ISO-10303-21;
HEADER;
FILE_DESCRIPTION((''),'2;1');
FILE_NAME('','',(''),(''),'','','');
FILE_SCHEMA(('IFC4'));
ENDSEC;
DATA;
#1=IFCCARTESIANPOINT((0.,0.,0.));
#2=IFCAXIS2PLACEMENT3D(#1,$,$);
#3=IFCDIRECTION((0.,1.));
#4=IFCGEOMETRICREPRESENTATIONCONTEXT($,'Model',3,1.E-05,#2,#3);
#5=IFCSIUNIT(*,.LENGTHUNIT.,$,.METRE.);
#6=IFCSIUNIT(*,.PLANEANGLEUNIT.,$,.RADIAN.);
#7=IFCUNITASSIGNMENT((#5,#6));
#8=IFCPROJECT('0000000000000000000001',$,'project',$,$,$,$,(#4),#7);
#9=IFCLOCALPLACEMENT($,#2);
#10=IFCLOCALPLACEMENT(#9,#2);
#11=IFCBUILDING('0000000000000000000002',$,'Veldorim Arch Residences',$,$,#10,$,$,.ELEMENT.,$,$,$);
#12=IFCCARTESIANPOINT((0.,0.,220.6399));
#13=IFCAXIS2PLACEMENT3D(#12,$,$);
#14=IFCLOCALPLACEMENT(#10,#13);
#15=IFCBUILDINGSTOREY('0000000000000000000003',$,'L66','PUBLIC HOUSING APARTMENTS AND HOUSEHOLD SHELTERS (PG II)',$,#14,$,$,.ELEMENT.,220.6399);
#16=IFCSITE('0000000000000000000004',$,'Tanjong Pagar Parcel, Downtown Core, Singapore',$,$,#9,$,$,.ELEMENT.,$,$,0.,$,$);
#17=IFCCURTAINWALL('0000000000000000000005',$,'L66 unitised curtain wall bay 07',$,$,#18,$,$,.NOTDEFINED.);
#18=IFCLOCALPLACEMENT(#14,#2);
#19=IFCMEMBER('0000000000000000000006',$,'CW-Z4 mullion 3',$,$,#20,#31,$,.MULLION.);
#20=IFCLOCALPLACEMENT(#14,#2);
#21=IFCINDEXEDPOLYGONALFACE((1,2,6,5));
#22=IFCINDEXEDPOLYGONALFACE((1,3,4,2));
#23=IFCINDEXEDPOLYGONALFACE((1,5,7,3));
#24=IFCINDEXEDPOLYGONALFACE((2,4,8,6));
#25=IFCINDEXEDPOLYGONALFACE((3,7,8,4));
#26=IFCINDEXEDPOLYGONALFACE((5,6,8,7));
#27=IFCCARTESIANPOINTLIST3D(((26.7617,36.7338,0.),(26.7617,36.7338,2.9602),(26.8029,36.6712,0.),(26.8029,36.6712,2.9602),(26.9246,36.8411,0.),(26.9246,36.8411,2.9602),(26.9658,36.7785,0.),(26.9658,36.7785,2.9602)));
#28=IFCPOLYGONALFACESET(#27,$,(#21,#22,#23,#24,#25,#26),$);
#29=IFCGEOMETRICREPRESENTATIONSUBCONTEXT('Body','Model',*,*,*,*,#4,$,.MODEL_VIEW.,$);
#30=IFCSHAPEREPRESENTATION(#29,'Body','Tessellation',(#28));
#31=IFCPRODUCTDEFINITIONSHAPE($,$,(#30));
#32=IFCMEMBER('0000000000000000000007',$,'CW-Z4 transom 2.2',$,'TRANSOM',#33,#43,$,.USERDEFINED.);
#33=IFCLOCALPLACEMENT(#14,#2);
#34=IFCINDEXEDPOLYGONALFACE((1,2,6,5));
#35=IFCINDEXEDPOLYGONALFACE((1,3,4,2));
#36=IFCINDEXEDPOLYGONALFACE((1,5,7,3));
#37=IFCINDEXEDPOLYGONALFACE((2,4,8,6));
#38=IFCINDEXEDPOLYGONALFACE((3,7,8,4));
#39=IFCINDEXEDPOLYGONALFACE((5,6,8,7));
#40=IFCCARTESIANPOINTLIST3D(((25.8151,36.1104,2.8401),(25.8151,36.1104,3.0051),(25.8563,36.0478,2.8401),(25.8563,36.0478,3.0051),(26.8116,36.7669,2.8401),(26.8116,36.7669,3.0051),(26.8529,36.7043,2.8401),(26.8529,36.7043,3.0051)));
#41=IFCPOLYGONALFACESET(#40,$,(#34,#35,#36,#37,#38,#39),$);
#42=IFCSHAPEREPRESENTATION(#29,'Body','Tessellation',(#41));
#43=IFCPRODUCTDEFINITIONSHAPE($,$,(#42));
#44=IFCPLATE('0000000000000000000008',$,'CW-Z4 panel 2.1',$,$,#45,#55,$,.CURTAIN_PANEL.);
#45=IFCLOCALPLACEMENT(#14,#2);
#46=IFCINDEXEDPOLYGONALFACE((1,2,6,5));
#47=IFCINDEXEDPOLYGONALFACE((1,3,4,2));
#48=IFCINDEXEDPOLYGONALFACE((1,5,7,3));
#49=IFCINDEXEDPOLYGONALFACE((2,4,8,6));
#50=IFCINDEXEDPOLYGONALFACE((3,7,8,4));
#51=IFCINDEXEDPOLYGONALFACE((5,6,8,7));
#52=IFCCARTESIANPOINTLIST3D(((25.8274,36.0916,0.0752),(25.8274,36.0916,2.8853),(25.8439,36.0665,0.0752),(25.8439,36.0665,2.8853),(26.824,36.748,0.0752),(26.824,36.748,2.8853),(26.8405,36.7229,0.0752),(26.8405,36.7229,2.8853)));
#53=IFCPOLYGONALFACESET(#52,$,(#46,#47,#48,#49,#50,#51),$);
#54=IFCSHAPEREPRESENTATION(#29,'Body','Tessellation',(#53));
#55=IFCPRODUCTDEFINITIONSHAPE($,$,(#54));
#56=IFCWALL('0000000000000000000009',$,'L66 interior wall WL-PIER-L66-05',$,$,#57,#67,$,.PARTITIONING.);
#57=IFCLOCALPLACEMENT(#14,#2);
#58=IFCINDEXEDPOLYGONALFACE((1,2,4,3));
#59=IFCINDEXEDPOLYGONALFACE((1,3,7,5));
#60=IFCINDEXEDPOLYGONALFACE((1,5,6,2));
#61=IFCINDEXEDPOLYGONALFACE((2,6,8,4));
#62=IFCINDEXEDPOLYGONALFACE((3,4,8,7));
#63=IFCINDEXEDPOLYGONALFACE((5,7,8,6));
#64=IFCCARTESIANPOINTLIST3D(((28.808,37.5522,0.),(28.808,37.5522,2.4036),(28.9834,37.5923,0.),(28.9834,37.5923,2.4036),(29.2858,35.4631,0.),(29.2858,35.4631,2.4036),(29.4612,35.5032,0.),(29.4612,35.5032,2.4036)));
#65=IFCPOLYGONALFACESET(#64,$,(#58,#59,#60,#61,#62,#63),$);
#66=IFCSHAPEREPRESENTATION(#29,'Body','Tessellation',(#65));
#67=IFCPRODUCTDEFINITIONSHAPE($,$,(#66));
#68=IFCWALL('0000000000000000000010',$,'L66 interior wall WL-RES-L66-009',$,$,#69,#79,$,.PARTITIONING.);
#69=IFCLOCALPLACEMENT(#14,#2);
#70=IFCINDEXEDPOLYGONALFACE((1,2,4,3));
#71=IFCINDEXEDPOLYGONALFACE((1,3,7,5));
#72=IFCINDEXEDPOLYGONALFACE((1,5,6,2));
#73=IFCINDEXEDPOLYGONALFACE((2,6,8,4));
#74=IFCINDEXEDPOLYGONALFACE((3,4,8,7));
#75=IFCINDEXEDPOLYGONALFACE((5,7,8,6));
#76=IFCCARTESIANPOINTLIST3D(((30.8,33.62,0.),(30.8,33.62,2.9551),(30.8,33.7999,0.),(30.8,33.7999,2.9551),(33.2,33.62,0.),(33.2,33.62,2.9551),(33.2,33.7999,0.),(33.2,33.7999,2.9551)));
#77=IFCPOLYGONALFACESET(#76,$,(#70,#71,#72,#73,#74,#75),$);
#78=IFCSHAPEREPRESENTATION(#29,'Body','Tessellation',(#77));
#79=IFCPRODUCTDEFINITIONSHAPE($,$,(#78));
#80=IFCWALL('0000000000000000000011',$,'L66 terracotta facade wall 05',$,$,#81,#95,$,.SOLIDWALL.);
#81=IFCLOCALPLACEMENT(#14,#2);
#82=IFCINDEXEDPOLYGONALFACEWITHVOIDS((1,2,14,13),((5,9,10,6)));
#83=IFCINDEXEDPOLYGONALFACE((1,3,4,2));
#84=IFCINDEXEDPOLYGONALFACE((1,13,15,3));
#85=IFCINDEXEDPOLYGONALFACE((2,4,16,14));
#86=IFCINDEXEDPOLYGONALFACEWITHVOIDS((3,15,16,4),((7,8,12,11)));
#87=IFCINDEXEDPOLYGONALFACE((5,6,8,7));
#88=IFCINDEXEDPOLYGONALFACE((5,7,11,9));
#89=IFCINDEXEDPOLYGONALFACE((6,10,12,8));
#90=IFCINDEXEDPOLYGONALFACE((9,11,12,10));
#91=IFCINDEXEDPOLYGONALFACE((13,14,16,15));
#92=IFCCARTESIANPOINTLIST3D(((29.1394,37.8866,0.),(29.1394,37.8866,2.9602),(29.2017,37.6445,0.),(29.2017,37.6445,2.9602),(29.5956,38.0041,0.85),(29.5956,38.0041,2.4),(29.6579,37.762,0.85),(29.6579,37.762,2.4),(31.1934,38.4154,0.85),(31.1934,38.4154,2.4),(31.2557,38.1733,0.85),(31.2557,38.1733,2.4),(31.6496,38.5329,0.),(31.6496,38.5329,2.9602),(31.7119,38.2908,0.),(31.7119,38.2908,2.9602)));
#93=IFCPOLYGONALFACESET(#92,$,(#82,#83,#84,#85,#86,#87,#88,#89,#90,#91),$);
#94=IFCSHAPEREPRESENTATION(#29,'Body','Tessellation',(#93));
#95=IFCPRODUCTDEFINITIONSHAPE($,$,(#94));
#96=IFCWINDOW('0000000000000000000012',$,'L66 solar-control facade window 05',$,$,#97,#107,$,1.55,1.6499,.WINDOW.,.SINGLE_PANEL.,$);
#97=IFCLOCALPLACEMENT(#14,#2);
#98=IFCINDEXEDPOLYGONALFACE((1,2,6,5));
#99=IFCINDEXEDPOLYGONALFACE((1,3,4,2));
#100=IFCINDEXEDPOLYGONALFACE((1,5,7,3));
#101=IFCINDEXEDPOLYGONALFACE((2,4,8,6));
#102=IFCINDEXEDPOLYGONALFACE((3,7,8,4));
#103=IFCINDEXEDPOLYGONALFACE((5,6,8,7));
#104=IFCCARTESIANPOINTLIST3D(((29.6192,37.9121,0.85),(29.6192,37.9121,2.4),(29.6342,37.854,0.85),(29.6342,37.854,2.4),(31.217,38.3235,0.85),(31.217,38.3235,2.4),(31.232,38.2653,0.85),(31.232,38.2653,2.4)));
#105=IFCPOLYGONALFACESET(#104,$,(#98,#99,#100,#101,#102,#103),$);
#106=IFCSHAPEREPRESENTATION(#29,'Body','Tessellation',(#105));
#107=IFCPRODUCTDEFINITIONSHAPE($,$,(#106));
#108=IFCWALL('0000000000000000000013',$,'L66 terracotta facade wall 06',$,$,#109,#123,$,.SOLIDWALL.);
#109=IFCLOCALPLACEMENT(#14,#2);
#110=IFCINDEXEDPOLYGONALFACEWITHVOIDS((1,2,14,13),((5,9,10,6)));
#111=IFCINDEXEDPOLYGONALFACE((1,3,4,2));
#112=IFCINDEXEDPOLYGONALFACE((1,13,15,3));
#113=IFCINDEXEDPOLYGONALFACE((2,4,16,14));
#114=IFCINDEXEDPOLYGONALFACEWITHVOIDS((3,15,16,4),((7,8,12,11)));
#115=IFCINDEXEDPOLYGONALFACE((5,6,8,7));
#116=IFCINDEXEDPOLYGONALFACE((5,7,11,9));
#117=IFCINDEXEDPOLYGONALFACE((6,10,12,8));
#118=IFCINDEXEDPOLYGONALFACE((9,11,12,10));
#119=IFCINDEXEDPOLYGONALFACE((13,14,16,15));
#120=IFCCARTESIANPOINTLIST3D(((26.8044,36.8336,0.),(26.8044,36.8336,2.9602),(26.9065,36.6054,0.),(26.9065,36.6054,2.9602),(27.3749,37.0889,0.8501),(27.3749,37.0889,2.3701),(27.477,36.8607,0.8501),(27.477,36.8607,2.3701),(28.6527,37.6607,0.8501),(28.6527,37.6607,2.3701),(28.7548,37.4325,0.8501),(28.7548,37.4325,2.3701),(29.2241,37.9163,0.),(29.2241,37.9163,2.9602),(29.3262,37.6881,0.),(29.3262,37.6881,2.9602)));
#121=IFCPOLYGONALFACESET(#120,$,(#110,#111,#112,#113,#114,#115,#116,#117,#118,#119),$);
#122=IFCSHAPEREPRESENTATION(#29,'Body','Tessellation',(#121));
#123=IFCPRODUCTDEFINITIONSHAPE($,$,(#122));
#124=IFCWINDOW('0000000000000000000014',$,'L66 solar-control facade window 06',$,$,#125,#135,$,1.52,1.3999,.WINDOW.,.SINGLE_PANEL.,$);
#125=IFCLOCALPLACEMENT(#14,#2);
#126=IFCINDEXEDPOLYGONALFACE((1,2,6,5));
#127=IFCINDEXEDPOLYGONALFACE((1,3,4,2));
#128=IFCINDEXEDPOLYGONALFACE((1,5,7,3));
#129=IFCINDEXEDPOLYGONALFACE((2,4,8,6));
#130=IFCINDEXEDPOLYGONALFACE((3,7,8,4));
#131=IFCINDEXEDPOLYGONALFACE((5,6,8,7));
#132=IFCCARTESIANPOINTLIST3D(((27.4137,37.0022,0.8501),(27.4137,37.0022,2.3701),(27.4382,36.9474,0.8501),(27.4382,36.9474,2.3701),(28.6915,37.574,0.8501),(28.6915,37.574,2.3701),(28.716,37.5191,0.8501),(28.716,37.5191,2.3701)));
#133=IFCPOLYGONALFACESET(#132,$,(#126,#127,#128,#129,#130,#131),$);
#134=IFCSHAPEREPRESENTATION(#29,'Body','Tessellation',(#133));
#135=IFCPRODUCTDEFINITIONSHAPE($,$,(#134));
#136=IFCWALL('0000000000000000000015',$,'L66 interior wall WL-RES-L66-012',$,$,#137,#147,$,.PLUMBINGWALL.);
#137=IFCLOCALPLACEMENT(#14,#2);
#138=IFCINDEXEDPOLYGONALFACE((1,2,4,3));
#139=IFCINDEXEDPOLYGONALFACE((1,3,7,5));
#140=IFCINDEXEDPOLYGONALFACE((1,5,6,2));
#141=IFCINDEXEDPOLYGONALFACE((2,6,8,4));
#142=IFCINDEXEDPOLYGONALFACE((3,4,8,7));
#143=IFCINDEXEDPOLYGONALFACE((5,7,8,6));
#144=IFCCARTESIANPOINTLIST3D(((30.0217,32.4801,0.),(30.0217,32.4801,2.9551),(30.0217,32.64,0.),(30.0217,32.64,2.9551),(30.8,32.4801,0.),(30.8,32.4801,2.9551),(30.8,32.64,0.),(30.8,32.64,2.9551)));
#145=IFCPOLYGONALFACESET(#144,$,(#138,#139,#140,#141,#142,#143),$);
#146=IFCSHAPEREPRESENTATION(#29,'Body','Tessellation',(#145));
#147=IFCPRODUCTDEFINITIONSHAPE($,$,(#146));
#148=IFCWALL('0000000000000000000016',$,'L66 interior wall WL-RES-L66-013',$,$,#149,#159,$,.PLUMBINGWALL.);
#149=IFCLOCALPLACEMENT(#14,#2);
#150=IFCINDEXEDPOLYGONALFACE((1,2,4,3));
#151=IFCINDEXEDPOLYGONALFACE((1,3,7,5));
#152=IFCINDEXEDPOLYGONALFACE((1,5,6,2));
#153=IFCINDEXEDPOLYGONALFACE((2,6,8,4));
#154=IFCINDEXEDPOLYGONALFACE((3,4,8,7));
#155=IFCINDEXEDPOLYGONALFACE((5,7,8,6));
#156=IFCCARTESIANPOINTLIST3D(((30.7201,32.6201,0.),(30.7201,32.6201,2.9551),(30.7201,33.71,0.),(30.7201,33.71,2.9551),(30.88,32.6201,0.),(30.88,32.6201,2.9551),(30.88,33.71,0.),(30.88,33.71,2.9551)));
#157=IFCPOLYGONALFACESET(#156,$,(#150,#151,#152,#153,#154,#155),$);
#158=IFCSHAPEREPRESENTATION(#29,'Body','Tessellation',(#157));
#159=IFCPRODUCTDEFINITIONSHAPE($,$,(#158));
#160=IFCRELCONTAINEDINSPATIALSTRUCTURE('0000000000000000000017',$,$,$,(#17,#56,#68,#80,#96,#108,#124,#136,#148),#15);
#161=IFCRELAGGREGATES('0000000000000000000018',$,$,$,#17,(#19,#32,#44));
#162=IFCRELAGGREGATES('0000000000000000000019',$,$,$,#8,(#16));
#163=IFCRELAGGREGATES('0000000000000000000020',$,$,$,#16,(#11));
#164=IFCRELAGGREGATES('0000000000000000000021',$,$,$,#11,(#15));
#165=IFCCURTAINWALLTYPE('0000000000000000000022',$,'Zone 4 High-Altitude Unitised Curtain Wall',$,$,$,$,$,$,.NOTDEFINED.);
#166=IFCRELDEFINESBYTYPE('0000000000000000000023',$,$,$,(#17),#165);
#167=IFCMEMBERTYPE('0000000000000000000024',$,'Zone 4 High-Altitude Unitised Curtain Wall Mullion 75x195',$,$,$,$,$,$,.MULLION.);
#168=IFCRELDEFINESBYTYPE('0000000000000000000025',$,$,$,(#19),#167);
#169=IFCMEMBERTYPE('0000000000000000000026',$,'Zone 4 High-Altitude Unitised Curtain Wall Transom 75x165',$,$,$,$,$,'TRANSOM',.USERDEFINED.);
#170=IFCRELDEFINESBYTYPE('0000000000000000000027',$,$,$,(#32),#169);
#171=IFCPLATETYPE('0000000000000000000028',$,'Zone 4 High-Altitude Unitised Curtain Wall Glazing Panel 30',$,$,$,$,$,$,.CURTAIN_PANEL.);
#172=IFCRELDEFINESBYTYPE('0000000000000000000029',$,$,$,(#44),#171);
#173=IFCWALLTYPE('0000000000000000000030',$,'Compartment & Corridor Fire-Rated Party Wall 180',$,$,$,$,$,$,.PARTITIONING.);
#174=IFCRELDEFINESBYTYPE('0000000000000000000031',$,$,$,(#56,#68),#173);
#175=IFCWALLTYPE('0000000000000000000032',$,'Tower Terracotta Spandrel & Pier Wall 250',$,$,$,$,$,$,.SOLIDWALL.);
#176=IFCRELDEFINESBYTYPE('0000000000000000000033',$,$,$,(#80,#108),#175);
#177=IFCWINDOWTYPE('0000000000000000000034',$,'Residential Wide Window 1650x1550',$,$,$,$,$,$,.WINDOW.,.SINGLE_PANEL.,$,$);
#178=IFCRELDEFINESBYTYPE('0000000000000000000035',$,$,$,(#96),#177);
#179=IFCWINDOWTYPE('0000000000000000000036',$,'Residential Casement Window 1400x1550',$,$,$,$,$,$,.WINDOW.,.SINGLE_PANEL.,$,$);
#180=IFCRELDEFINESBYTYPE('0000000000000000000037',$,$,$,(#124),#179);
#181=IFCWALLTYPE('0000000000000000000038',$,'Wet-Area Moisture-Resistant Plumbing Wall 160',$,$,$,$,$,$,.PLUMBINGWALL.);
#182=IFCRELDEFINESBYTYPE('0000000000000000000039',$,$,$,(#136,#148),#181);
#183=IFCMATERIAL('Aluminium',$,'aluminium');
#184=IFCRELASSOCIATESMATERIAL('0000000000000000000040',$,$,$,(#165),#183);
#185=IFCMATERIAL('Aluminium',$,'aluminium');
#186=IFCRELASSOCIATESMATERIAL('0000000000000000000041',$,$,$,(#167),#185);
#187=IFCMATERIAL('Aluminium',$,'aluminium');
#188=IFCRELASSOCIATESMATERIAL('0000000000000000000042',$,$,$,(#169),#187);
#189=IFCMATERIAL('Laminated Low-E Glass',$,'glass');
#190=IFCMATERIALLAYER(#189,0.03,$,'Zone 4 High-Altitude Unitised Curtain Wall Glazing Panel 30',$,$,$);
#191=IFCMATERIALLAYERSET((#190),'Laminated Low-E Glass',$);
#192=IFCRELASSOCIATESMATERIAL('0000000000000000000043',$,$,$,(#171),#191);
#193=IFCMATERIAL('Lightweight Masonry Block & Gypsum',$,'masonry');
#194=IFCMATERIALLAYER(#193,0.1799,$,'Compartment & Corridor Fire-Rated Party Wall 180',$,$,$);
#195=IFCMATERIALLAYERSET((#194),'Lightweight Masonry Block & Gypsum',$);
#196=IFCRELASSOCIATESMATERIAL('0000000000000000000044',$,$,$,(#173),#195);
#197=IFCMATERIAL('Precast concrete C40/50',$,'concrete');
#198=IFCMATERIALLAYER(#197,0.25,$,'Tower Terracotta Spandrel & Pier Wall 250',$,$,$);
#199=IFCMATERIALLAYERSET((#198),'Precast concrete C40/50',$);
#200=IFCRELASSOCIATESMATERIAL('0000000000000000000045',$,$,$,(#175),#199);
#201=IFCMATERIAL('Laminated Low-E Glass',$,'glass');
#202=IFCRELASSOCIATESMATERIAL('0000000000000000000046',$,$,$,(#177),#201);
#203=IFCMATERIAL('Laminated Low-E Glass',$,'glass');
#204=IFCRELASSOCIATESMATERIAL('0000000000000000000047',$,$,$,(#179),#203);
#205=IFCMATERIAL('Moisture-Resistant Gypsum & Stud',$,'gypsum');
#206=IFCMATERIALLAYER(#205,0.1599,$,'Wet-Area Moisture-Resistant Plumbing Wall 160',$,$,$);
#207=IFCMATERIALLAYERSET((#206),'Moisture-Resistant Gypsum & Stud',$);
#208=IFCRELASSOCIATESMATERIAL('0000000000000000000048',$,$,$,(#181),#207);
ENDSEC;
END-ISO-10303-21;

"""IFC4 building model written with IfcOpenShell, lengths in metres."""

from ifc_helpers import new_model, si_unit, direction, frame, frame_2d, origin, origin_2d, place, context, subcontext, project, spatial, rectangle, extrude, material, layer, layer_set, material_profile, profile_set, type_object, element, fill, aggregate, save


model = new_model("IFC4")

# Units and contexts
model_context = context("Model", 3, precision=1e-05, world=origin(), true_north=direction((0.0, 1.0)))
body_context = subcontext(model_context, "Body", "Model", "MODEL_VIEW")
ifc_project = project(units=[si_unit("LENGTHUNIT", "METRE"), si_unit("PLANEANGLEUNIT", "RADIAN")], contexts=[model_context])

# Site, building, storey
site_placement = place(None, origin())
site = spatial("IfcSite", under=ifc_project, at=site_placement, Name="Tanjong Pagar Parcel, Downtown Core, Singapore", CompositionType="ELEMENT", RefElevation=0.0)
building_placement = place(site_placement, origin())
building = spatial("IfcBuilding", under=site, at=building_placement, Name="Veldorim Arch Residences", CompositionType="ELEMENT")
storey_placement = place(building_placement, frame((0.0, 0.0, 220.6399)))
storey = spatial("IfcBuildingStorey", under=building, at=storey_placement, Name="L66", Description="PUBLIC HOUSING APARTMENTS AND HOUSEHOLD SHELTERS (PG II)", CompositionType="ELEMENT", Elevation=220.6399)

# Curtain wall, members, plate
ifc_material_1 = material(Name="Aluminium", Category="aluminium")
curtain_wall_type = type_object("IfcCurtainWallType", Name="Zone 4 High-Altitude Unitised Curtain Wall", PredefinedType="NOTDEFINED", material=ifc_material_1)
curtain_wall_placement = place(storey_placement, origin())
curtain_wall = element("IfcCurtainWall", 1, at=curtain_wall_placement, inside=storey, type_object=curtain_wall_type, Name="L66 unitised curtain wall bay 07", PredefinedType="NOTDEFINED")
ifc_material_2 = material(Name="Aluminium", Category="aluminium")
ifc_material_profile_1 = material_profile(ifc_material_2, rectangle(XDim=0.075, YDim=0.1951, at=origin_2d()), Name="ALU_MUL_75x195")
ifc_profile_set_1 = profile_set([ifc_material_profile_1], Name="Aluminium")
member_type_1 = type_object("IfcMemberType", Name="Zone 4 High-Altitude Unitised Curtain Wall Mullion 75x195", PredefinedType="MULLION", material=ifc_profile_set_1)
member_1_placement = place(storey_placement, frame((26.8638, 36.7561, 0.0), z_axis=(0.0, 0.0, 1.0), x_axis=(-0.550062, 0.835124, 0.0)))
member_1 = element("IfcMember", 2, at=member_1_placement, type_object=member_type_1, Name="CW-Z4 mullion 3", PredefinedType="MULLION", context=body_context, shape_type="SweptSolid", body=[
    extrude(rectangle(XDim=0.075, YDim=0.1951, at=origin_2d()), origin(), (0.0, 0.0, 1.0), 2.9602),
])
ifc_material_3 = material(Name="Aluminium", Category="aluminium")
ifc_material_profile_2 = material_profile(ifc_material_3, rectangle(XDim=0.075, YDim=0.165, at=origin_2d()), Name="ALU_TRN_75x165")
ifc_profile_set_2 = profile_set([ifc_material_profile_2], Name="Aluminium")
member_type_2 = type_object("IfcMemberType", Name="Zone 4 High-Altitude Unitised Curtain Wall Transom 75x165", ElementType="TRANSOM", PredefinedType="USERDEFINED", material=ifc_profile_set_2)
member_2_placement = place(storey_placement, frame((25.8357, 36.0791, 2.9226), z_axis=(0.835091, 0.550112, 0.0), x_axis=(-0.550112, 0.835091, 0.0)))
member_2 = element("IfcMember", 3, at=member_2_placement, type_object=member_type_2, Name="CW-Z4 transom 2.2", ObjectType="TRANSOM", PredefinedType="USERDEFINED", context=body_context, shape_type="SweptSolid", body=[
    extrude(rectangle(XDim=0.075, YDim=0.165, at=origin_2d()), origin(), (0.0, 0.0, 1.0), 1.1934),
])
ifc_material_4 = material(Name="Laminated Low-E Glass", Category="glass")
ifc_layer_1 = layer(ifc_material_4, 0.03, Name="Zone 4 High-Altitude Unitised Curtain Wall Glazing Panel 30")
ifc_layer_set_1 = layer_set([ifc_layer_1], Name="Laminated Low-E Glass")
plate_type = type_object("IfcPlateType", Name="Zone 4 High-Altitude Unitised Curtain Wall Glazing Panel 30", PredefinedType="CURTAIN_PANEL", material=ifc_layer_set_1)
plate_placement = place(storey_placement, frame((26.334, 36.4072, 0.0752), z_axis=(0.0, 0.0, 1.0), x_axis=(0.835124, 0.550062, 0.0)))
plate = element("IfcPlate", 4, at=plate_placement, type_object=plate_type, Name="CW-Z4 panel 2.1", PredefinedType="CURTAIN_PANEL", context=body_context, shape_type="SweptSolid", body=[
    extrude(rectangle(XDim=1.1934, YDim=0.03, at=origin_2d()), origin(), (0.0, 0.0, 1.0), 2.8101),
])
aggregate(curtain_wall, [member_1, member_2, plate])

# Walls
ifc_material_5 = material(Name="Lightweight Masonry Block & Gypsum", Category="masonry")
ifc_layer_2 = layer(ifc_material_5, 0.1799, Name="Compartment & Corridor Fire-Rated Party Wall 180")
ifc_layer_set_2 = layer_set([ifc_layer_2], Name="Lightweight Masonry Block & Gypsum")
wall_type_1 = type_object("IfcWallType", Name="Compartment & Corridor Fire-Rated Party Wall 180", PredefinedType="PARTITIONING", material=ifc_layer_set_2)
wall_1_placement = place(storey_placement, frame((29.3735, 35.4832, 0.0), z_axis=(0.0, 0.0, 1.0), x_axis=(-0.222945, 0.974831, 0.0)))
element("IfcWall", 5, at=wall_1_placement, inside=storey, type_object=wall_type_1, Name="L66 interior wall WL-PIER-L66-05", PredefinedType="PARTITIONING", context=body_context, shape_type="SweptSolid", body=[
    extrude(rectangle(XDim=2.1431, YDim=0.1799, at=frame_2d((1.0715, 0.0))), origin(), (0.0, 0.0, 1.0), 2.4036),
])
wall_2_placement = place(storey_placement, frame((30.8, 33.71, 0.0), z_axis=(0.0, 0.0, 1.0), x_axis=(1.0, 0.0, 0.0)))
element("IfcWall", 6, at=wall_2_placement, inside=storey, type_object=wall_type_1, Name="L66 interior wall WL-RES-L66-009", PredefinedType="PARTITIONING", context=body_context, shape_type="SweptSolid", body=[
    extrude(rectangle(XDim=2.3999, YDim=0.1799, at=frame_2d((1.2, 0.0))), origin(), (0.0, 0.0, 1.0), 2.9551),
])

# Walls, openings, windows
ifc_material_6 = material(Name="Precast concrete C40/50", Category="concrete")
ifc_layer_3 = layer(ifc_material_6, 0.25, Name="Tower Terracotta Spandrel & Pier Wall 250")
ifc_layer_set_3 = layer_set([ifc_layer_3], Name="Precast concrete C40/50")
wall_type_2 = type_object("IfcWallType", Name="Tower Terracotta Spandrel & Pier Wall 250", PredefinedType="SOLIDWALL", material=ifc_layer_set_3)
wall_3_placement = place(storey_placement, frame((29.1707, 37.7656, 0.0), z_axis=(0.0, 0.0, 1.0), x_axis=(0.968423, 0.249311, 0.0)))
wall_3 = element("IfcWall", 7, at=wall_3_placement, inside=storey, type_object=wall_type_2, Name="L66 terracotta facade wall 05", PredefinedType="SOLIDWALL", context=body_context, shape_type="SweptSolid", body=[
    extrude(rectangle(XDim=2.592, YDim=0.25, at=frame_2d((1.2959, 0.0))), origin(), (0.0, 0.0, 1.0), 2.9602),
])
opening_1_placement = place(wall_3_placement, frame((0.4709, 0.0, 0.8501)))
opening_1 = element("IfcOpeningElement", 8, at=opening_1_placement, cuts=wall_3, PredefinedType="OPENING", context=body_context, shape_type="SweptSolid", body=[
    extrude(rectangle(XDim=1.6499, YDim=1.55, at=frame_2d((0.825, 0.7749))), frame((0.0, 0.135, 0.0), z_axis=(0.0, -1.0, 0.0), x_axis=(1.0, 0.0, 0.0)), (0.0, 0.0, 1.0), 0.27),
])
ifc_material_7 = material(Name="Laminated Low-E Glass", Category="glass")
window_type_1 = type_object("IfcWindowType", Name="Residential Wide Window 1650x1550", PartitioningType="SINGLE_PANEL", PredefinedType="WINDOW", material=ifc_material_7)
window_1_placement = place(opening_1_placement, origin())
window_1 = element("IfcWindow", 9, at=window_1_placement, inside=storey, type_object=window_type_1, Name="L66 solar-control facade window 05", OverallHeight=1.55, OverallWidth=1.6499, PartitioningType="SINGLE_PANEL", PredefinedType="WINDOW", context=body_context, shape_type="SweptSolid", body=[
    extrude(rectangle(XDim=1.6499, YDim=1.55, at=frame_2d((0.825, 0.7749))), frame((0.0, 0.03, 0.0), z_axis=(0.0, -1.0, 0.0), x_axis=(1.0, 0.0, 0.0)), (0.0, 0.0, 1.0), 0.0601),
])
fill(opening_1, window_1)
wall_4_placement = place(storey_placement, frame((26.8555, 36.7195, 0.0), z_axis=(0.0, 0.0, 1.0), x_axis=(0.912779, 0.408453, 0.0)))
wall_4 = element("IfcWall", 10, at=wall_4_placement, inside=storey, type_object=wall_type_2, Name="L66 terracotta facade wall 06", PredefinedType="SOLIDWALL", context=body_context, shape_type="SweptSolid", body=[
    extrude(rectangle(XDim=2.6509, YDim=0.25, at=frame_2d((1.3254, 0.0))), origin(), (0.0, 0.0, 1.0), 2.9602),
])
opening_2_placement = place(wall_4_placement, frame((0.625, 0.0, 0.8501)))
opening_2 = element("IfcOpeningElement", 11, at=opening_2_placement, cuts=wall_4, PredefinedType="OPENING", context=body_context, shape_type="SweptSolid", body=[
    extrude(rectangle(XDim=1.3999, YDim=1.52, at=frame_2d((0.7, 0.76))), frame((0.0, 0.135, 0.0), z_axis=(0.0, -1.0, 0.0), x_axis=(1.0, 0.0, 0.0)), (0.0, 0.0, 1.0), 0.27),
])
ifc_material_8 = material(Name="Laminated Low-E Glass", Category="glass")
window_type_2 = type_object("IfcWindowType", Name="Residential Casement Window 1400x1550", PartitioningType="SINGLE_PANEL", PredefinedType="WINDOW", material=ifc_material_8)
window_2_placement = place(opening_2_placement, origin())
window_2 = element("IfcWindow", 12, at=window_2_placement, inside=storey, type_object=window_type_2, Name="L66 solar-control facade window 06", OverallHeight=1.52, OverallWidth=1.3999, PartitioningType="SINGLE_PANEL", PredefinedType="WINDOW", context=body_context, shape_type="SweptSolid", body=[
    extrude(rectangle(XDim=1.3999, YDim=1.52, at=frame_2d((0.7, 0.76))), frame((0.0, 0.03, 0.0), z_axis=(0.0, -1.0, 0.0), x_axis=(1.0, 0.0, 0.0)), (0.0, 0.0, 1.0), 0.0601),
])
fill(opening_2, window_2)

# Walls
ifc_material_9 = material(Name="Moisture-Resistant Gypsum & Stud", Category="gypsum")
ifc_layer_4 = layer(ifc_material_9, 0.1599, Name="Wet-Area Moisture-Resistant Plumbing Wall 160")
ifc_layer_set_4 = layer_set([ifc_layer_4], Name="Moisture-Resistant Gypsum & Stud")
wall_type_3 = type_object("IfcWallType", Name="Wet-Area Moisture-Resistant Plumbing Wall 160", PredefinedType="PLUMBINGWALL", material=ifc_layer_set_4)
wall_5_placement = place(storey_placement, frame((30.0217, 32.5601, 0.0), z_axis=(0.0, 0.0, 1.0), x_axis=(1.0, 0.0, 0.0)))
element("IfcWall", 13, at=wall_5_placement, inside=storey, type_object=wall_type_3, Name="L66 interior wall WL-RES-L66-012", PredefinedType="PLUMBINGWALL", context=body_context, shape_type="SweptSolid", body=[
    extrude(rectangle(XDim=0.7783, YDim=0.1599, at=frame_2d((0.3892, 0.0))), origin(), (0.0, 0.0, 1.0), 2.9551),
])
wall_6_placement = place(storey_placement, frame((30.8, 32.6201, 0.0), z_axis=(0.0, 0.0, 1.0), x_axis=(0.0, 1.0, 0.0)))
element("IfcWall", 14, at=wall_6_placement, inside=storey, type_object=wall_type_3, Name="L66 interior wall WL-RES-L66-013", PredefinedType="PLUMBINGWALL", context=body_context, shape_type="SweptSolid", body=[
    extrude(rectangle(XDim=1.0898, YDim=0.1599, at=frame_2d((0.5449, 0.0))), origin(), (0.0, 0.0, 1.0), 2.9551),
])

save(model, "model.ifc")
